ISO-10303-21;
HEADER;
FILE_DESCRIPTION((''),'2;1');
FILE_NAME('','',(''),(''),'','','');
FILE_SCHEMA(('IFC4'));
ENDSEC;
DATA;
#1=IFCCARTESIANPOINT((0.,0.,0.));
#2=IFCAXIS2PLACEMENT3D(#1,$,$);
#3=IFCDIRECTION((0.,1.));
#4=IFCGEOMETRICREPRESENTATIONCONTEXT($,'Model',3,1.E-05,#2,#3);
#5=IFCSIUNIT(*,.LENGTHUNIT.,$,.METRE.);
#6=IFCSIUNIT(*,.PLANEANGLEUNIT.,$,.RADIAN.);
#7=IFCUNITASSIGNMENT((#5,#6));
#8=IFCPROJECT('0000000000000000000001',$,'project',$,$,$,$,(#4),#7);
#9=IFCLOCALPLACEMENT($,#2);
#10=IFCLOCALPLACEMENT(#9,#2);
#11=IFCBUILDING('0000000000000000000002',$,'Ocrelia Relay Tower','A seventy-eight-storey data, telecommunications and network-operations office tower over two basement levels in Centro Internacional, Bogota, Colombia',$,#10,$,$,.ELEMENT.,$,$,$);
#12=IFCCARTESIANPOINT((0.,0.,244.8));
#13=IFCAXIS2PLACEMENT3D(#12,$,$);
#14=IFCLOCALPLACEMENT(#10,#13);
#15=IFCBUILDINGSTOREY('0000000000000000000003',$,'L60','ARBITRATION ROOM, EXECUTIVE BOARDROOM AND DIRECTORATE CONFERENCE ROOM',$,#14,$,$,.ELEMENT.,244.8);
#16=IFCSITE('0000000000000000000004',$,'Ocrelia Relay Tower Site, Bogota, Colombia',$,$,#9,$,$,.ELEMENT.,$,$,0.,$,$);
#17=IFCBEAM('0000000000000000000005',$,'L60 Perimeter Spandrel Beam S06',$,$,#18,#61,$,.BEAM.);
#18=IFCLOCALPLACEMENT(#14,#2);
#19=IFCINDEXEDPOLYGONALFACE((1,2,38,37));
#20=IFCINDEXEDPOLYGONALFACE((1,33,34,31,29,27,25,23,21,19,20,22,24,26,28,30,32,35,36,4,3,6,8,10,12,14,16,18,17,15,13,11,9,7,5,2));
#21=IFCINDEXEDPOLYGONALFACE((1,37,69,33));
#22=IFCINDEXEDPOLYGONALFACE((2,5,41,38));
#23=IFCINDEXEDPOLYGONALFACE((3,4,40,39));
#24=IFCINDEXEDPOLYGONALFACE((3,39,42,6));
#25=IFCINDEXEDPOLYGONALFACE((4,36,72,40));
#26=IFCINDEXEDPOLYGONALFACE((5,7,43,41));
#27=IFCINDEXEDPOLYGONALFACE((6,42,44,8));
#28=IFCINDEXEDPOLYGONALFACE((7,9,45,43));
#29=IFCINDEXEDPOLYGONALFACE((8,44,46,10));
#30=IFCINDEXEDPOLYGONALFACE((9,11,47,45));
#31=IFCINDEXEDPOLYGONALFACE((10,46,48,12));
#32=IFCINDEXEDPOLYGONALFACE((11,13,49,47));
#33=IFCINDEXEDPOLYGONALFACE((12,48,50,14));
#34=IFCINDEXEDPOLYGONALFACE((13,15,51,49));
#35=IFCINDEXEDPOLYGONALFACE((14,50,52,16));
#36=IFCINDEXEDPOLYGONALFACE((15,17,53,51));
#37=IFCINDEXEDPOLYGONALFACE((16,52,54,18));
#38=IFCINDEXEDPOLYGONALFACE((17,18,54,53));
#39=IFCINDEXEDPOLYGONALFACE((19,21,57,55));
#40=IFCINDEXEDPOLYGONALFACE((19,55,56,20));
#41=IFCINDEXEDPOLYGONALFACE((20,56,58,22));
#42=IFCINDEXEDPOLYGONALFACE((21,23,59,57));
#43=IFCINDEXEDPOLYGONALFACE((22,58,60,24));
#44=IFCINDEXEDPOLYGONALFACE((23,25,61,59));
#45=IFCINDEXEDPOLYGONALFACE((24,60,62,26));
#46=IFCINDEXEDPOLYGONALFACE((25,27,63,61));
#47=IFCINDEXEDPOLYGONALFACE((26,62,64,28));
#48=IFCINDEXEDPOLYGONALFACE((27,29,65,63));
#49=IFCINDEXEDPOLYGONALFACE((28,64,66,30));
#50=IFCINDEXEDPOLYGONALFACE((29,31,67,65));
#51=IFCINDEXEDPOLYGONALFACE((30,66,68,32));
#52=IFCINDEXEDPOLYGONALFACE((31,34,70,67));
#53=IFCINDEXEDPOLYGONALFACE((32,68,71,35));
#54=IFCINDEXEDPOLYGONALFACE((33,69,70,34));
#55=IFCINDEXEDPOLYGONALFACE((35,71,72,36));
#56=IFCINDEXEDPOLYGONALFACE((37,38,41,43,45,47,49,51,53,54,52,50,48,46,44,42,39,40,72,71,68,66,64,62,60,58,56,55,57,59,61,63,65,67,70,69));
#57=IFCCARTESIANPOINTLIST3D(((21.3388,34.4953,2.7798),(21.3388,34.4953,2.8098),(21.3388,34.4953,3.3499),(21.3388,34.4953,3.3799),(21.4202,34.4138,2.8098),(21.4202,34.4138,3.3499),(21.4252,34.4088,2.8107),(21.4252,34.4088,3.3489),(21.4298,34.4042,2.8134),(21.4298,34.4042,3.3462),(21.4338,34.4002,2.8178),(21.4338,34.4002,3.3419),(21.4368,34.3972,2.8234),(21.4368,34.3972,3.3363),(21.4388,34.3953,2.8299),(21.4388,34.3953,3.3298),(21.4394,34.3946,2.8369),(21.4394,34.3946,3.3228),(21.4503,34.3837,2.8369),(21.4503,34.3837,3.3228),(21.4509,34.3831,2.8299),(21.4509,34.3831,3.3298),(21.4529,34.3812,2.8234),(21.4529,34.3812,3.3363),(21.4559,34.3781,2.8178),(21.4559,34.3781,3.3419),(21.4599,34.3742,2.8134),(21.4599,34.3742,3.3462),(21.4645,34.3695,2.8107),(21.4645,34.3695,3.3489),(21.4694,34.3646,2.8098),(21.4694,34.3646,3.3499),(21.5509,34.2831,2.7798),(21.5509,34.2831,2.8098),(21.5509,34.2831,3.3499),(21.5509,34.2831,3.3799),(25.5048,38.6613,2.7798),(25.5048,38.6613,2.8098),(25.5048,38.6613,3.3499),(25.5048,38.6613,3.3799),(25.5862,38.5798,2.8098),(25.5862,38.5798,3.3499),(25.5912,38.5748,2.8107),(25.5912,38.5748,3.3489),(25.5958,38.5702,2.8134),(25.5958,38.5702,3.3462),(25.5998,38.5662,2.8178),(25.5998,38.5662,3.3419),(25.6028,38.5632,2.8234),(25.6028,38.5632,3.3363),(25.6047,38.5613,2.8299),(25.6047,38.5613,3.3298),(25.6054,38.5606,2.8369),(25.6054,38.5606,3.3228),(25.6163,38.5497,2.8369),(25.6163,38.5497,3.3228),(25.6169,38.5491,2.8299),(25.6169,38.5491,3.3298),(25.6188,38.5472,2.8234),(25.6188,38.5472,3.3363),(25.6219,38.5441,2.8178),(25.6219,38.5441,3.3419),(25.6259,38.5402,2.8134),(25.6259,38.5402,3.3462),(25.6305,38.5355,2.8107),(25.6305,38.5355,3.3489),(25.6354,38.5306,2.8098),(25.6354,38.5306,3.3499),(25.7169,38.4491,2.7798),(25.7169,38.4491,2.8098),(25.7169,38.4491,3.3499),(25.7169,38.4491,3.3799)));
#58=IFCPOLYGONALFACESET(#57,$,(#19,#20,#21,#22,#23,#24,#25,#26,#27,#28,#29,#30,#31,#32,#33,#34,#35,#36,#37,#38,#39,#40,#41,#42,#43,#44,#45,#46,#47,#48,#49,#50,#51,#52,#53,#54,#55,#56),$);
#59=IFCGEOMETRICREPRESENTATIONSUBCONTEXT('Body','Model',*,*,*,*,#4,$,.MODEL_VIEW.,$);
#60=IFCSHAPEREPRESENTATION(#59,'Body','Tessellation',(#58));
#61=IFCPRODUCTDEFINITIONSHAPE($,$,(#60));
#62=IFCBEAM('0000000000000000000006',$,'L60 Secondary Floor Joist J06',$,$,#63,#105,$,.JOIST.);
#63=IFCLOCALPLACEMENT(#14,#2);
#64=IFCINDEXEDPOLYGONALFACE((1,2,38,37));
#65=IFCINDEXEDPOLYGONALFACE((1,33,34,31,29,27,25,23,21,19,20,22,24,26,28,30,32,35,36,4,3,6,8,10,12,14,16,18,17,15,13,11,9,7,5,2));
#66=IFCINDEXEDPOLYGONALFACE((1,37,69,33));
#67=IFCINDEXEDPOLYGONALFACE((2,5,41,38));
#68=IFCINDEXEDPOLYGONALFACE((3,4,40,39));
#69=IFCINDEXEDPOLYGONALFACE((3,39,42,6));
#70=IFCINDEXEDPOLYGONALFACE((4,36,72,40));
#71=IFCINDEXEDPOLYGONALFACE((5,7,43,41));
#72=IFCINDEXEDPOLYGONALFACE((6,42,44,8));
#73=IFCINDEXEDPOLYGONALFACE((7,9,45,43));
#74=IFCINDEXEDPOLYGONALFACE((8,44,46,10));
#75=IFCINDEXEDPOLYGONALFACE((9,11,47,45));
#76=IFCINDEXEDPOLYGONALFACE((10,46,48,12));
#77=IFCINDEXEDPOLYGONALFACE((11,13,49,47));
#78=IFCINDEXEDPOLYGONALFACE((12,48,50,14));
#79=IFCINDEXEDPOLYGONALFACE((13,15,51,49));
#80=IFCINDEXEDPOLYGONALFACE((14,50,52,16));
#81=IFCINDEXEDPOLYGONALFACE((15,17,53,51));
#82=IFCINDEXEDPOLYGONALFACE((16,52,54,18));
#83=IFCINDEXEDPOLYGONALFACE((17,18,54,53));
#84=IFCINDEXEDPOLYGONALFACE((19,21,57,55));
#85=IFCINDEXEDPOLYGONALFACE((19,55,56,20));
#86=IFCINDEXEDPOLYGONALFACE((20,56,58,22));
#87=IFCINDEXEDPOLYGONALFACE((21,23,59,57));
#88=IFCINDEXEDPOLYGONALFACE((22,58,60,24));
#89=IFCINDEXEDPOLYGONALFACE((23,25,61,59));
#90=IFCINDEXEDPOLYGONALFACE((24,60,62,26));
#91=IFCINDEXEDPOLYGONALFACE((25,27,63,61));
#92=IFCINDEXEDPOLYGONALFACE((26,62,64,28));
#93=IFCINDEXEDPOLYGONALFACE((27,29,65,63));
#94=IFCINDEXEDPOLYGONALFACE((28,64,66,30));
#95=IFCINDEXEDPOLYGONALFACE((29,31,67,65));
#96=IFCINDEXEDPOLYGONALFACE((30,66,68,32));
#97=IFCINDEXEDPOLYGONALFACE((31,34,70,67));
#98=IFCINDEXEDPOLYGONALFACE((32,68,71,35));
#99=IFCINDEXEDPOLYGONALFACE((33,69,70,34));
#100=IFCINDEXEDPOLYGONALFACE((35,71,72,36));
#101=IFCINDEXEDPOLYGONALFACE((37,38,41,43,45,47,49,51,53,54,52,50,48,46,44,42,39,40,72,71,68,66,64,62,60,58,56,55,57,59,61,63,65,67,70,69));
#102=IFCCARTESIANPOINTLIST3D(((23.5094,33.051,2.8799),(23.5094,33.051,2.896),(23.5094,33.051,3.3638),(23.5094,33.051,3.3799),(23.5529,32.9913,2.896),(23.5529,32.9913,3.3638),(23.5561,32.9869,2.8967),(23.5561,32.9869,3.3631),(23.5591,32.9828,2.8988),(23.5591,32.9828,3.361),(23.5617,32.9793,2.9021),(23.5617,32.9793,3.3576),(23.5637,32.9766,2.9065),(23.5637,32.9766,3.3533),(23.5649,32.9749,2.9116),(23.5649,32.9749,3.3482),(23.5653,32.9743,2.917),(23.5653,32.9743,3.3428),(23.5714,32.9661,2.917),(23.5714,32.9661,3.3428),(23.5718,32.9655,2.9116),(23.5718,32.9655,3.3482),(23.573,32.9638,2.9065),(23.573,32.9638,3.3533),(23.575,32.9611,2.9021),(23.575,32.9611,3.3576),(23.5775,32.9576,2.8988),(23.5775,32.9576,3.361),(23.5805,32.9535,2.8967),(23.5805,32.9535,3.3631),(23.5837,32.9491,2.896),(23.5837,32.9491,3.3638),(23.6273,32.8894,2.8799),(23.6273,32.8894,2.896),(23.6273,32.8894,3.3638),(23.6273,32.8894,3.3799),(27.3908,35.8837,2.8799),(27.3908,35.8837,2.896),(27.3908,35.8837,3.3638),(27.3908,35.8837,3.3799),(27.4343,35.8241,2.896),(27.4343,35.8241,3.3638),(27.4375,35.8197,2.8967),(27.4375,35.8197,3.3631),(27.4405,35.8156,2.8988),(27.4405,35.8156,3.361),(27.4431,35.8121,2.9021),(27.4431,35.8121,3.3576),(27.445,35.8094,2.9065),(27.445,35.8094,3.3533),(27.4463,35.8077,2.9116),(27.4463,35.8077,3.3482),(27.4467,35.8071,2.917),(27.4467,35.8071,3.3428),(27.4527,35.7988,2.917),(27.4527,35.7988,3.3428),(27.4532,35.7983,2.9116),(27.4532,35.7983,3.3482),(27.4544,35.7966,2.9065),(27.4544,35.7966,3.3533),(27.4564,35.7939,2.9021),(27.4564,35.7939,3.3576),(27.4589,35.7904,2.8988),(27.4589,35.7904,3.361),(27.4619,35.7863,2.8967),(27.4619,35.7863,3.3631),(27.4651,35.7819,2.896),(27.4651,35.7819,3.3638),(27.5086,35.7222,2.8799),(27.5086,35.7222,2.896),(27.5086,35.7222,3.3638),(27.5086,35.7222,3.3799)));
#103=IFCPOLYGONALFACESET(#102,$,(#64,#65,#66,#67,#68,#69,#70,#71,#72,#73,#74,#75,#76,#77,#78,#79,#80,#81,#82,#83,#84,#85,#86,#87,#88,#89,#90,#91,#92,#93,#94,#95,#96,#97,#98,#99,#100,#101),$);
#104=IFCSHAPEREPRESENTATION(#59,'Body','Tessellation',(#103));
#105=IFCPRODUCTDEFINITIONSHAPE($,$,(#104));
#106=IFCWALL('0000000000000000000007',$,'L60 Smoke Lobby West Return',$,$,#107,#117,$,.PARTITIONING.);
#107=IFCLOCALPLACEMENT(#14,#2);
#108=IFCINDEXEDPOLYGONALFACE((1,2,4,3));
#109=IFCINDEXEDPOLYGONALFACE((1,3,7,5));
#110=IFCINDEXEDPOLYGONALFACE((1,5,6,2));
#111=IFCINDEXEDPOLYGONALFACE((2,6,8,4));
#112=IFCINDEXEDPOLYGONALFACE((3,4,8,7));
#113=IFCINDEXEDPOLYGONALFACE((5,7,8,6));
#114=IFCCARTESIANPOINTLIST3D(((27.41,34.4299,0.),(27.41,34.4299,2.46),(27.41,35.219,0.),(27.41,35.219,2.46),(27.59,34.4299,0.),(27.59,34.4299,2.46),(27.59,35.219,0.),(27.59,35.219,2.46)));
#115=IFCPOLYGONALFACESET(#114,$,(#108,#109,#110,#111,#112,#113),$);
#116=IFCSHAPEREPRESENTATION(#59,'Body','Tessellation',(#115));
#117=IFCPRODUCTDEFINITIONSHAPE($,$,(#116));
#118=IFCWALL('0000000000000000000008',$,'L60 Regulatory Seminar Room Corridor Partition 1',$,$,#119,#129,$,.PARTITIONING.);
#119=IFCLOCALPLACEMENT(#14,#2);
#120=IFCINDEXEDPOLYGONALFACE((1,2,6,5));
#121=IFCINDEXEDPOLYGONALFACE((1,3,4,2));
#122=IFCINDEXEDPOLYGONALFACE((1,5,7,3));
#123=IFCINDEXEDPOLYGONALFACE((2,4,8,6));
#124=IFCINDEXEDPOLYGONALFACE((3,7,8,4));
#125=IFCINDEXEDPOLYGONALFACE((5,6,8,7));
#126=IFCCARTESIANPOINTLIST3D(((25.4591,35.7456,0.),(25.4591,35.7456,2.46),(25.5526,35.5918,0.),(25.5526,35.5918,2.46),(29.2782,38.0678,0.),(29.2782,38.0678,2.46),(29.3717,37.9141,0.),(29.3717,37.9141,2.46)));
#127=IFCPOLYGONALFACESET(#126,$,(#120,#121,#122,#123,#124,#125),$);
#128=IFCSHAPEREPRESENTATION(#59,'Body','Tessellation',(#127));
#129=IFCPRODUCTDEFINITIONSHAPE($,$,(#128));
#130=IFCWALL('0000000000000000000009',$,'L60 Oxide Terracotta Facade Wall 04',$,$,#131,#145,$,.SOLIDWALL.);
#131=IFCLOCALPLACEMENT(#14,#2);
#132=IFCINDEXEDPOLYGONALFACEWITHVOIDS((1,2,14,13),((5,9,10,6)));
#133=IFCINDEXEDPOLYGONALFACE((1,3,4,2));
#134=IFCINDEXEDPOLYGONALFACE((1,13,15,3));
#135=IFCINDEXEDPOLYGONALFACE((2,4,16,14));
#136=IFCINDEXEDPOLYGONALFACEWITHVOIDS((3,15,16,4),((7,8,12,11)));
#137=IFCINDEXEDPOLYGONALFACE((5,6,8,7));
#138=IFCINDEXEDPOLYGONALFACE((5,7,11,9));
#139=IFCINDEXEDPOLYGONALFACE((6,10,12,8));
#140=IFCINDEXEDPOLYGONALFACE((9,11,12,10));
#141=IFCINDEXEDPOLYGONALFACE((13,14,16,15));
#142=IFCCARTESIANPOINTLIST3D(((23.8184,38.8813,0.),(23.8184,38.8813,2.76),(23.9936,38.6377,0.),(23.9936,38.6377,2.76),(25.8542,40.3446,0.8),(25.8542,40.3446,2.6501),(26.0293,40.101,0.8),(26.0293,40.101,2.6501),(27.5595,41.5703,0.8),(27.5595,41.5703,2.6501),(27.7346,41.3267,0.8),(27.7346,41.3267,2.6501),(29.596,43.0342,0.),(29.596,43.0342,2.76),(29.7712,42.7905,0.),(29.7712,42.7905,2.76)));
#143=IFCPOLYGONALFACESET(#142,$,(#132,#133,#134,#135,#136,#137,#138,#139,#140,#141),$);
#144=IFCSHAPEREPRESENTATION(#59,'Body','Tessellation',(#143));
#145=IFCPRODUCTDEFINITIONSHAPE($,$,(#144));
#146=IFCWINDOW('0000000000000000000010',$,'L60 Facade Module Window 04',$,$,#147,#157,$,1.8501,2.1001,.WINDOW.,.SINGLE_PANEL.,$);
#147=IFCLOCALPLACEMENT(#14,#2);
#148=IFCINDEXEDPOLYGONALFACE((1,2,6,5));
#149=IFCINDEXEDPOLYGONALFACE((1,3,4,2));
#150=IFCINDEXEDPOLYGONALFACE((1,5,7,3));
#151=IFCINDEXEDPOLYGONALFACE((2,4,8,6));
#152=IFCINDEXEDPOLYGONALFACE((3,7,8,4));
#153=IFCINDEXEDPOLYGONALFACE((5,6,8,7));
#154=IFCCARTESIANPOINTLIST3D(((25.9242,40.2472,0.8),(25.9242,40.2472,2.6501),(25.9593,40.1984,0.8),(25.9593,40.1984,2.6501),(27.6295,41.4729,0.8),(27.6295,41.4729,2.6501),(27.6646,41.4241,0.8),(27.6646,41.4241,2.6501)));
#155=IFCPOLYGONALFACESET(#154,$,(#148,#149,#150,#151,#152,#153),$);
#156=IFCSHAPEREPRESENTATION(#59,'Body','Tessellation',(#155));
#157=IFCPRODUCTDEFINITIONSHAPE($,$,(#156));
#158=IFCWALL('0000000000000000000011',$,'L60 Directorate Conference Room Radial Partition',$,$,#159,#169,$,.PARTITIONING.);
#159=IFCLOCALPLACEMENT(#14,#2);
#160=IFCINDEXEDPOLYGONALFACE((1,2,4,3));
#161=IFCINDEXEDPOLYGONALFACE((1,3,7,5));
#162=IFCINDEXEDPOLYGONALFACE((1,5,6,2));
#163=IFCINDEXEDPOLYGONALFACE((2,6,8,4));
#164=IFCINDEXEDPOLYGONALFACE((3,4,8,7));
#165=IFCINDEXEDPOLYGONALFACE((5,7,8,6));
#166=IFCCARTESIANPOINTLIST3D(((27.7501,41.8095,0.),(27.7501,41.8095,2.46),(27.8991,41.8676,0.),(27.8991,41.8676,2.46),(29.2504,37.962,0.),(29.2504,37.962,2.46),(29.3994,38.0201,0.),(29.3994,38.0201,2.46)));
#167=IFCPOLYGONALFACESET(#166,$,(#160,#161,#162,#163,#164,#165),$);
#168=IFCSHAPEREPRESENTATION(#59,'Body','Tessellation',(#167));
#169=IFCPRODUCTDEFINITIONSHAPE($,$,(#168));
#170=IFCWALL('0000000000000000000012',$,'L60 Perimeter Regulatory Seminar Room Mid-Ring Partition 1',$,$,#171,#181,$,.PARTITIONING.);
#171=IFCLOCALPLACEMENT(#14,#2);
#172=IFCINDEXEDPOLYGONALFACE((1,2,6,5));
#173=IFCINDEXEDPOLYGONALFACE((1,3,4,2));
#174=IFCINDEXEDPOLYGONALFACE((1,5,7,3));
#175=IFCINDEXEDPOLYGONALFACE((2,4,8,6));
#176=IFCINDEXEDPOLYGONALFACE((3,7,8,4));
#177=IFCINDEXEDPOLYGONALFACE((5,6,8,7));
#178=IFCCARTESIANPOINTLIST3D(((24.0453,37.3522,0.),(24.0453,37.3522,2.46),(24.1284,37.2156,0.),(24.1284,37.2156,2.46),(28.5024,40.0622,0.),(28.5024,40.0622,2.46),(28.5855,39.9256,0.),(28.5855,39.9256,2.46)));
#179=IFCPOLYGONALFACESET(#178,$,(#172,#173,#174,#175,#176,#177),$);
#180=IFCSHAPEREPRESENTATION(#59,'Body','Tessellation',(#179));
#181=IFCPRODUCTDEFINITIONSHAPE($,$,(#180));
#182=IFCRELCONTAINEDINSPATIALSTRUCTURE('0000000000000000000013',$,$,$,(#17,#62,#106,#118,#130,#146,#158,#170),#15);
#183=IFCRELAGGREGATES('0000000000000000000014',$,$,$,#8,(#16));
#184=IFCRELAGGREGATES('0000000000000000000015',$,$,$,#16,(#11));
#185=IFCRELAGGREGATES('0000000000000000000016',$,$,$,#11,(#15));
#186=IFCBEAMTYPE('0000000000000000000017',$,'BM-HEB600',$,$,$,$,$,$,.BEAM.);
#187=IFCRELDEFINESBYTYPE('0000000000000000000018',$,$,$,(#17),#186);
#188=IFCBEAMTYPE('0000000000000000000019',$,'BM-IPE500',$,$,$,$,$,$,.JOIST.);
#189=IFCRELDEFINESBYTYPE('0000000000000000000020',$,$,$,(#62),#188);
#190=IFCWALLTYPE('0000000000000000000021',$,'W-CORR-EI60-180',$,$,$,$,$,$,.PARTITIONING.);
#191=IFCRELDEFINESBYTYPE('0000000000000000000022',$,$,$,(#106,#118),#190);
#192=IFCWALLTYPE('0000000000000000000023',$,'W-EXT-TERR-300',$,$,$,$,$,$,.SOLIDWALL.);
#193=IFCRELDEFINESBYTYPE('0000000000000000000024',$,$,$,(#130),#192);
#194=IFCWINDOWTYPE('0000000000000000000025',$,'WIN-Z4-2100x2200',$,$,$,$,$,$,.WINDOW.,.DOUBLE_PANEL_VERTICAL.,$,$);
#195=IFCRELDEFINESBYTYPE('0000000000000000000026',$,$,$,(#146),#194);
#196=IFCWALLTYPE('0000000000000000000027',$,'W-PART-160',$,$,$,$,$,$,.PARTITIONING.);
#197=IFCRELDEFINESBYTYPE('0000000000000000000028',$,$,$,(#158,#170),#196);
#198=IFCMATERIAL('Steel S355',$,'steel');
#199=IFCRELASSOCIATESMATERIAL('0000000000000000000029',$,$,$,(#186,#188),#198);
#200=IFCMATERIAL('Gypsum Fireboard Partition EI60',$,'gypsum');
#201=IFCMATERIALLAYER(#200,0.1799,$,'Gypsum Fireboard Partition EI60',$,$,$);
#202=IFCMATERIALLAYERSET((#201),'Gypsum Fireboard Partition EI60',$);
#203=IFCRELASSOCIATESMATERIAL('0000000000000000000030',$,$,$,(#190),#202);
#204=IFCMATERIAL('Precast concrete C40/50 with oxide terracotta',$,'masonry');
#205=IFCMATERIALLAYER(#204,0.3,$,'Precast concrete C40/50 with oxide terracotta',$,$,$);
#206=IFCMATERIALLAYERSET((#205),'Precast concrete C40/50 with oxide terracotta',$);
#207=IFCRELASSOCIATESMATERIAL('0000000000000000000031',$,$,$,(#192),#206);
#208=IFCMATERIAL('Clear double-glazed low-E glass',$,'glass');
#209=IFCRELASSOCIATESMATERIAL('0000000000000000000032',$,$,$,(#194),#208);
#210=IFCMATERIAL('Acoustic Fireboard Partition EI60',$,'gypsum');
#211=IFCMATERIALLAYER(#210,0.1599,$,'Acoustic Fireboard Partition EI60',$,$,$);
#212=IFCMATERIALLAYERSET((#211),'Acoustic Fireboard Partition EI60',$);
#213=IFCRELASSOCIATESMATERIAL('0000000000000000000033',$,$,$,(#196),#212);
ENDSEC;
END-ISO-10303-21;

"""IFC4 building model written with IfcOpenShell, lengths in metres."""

from ifc_helpers import new_model, si_unit, direction, frame, frame_2d, origin, origin_2d, place, context, subcontext, project, spatial, rectangle, i_section, extrude, material, layer, layer_set, material_profile, profile_set, type_object, element, fill, save


model = new_model("IFC4")

# Units and contexts
model_context = context("Model", 3, precision=1e-05, world=origin(), true_north=direction((0.0, 1.0)))
body_context = subcontext(model_context, "Body", "Model", "MODEL_VIEW")
ifc_project = project(units=[si_unit("LENGTHUNIT", "METRE"), si_unit("PLANEANGLEUNIT", "RADIAN")], contexts=[model_context])

# Site, building, storey
site_placement = place(None, origin())
site = spatial("IfcSite", under=ifc_project, at=site_placement, Name="Ocrelia Relay Tower Site, Bogota, Colombia", CompositionType="ELEMENT", RefElevation=0.0)
building_placement = place(site_placement, origin())
building = spatial("IfcBuilding", under=site, at=building_placement, Name="Ocrelia Relay Tower", Description="A seventy-eight-storey data, telecommunications and network-operations office tower over two basement levels in Centro Internacional, Bogota, Colombia", CompositionType="ELEMENT")
storey_placement = place(building_placement, frame((0.0, 0.0, 244.8)))
storey = spatial("IfcBuildingStorey", under=building, at=storey_placement, Name="L60", Description="ARBITRATION ROOM, EXECUTIVE BOARDROOM AND DIRECTORATE CONFERENCE ROOM", CompositionType="ELEMENT", Elevation=244.8)

# Beams
ifc_material_1 = material(Name="Steel S355", Category="steel")
ifc_material_profile_1 = material_profile(ifc_material_1, i_section(OverallWidth=0.3, OverallDepth=0.6001, WebThickness=0.0154, FlangeThickness=0.03, FilletRadius=0.0271, at=origin_2d()), Name="HEB 600")
ifc_profile_set_1 = profile_set([ifc_material_profile_1], Name="Steel S355")
beam_type_1 = type_object("IfcBeamType", Name="BM-HEB600", PredefinedType="BEAM", material=ifc_profile_set_1)
beam_1_placement = place(storey_placement, frame((25.6108, 38.5552, 3.0798), z_axis=(-0.707107, -0.707107, 0.0), x_axis=(0.707107, -0.707107, 0.0)))
element("IfcBeam", 1, at=beam_1_placement, inside=storey, type_object=beam_type_1, Name="L60 Perimeter Spandrel Beam S06", PredefinedType="BEAM", context=body_context, shape_type="SweptSolid", body=[
    extrude(i_section(OverallWidth=0.3, OverallDepth=0.6001, WebThickness=0.0154, FlangeThickness=0.03, FilletRadius=0.0271, at=origin_2d()), origin(), (0.0, 0.0, 1.0), 5.8916),
])
ifc_material_profile_2 = material_profile(ifc_material_1, i_section(OverallWidth=0.2, OverallDepth=0.5, WebThickness=0.0103, FlangeThickness=0.0161, FilletRadius=0.021, at=origin_2d()), Name="IPE 500")
ifc_profile_set_2 = profile_set([ifc_material_profile_2], Name="Steel S355")
beam_type_2 = type_object("IfcBeamType", Name="BM-IPE500", PredefinedType="JOIST", material=ifc_profile_set_2)
beam_2_placement = place(storey_placement, frame((27.4497, 35.803, 3.1299), z_axis=(-0.807748, -0.589527, 0.0), x_axis=(0.589527, -0.807748, 0.0)))
element("IfcBeam", 2, at=beam_2_placement, inside=storey, type_object=beam_type_2, Name="L60 Secondary Floor Joist J06", PredefinedType="JOIST", context=body_context, shape_type="SweptSolid", body=[
    extrude(i_section(OverallWidth=0.2, OverallDepth=0.5, WebThickness=0.0103, FlangeThickness=0.0161, FilletRadius=0.021, at=origin_2d()), origin(), (0.0, 0.0, 1.0), 4.8052),
])

# Wall
ifc_material_2 = material(Name="Gypsum Fireboard Partition EI60", Category="gypsum")
ifc_layer_1 = layer(ifc_material_2, 0.1799, Name="Gypsum Fireboard Partition EI60")
ifc_layer_set_1 = layer_set([ifc_layer_1], Name="Gypsum Fireboard Partition EI60")
wall_type_1 = type_object("IfcWallType", Name="W-CORR-EI60-180", PredefinedType="PARTITIONING", material=ifc_layer_set_1)
wall_1_placement = place(storey_placement, frame((27.5, 34.4299, 0.0), z_axis=(0.0, 0.0, 1.0), x_axis=(0.0, 1.0, 0.0)))
element("IfcWall", 3, at=wall_1_placement, inside=storey, type_object=wall_type_1, Name="L60 Smoke Lobby West Return", PredefinedType="PARTITIONING", context=body_context, shape_type="SweptSolid", body=[
    extrude(rectangle(XDim=0.7891, YDim=0.1799, at=frame_2d((0.3945, 0.0))), origin(), (0.0, 0.0, 1.0), 2.46),
])

# Wall
wall_2_placement = place(storey_placement, frame((29.325, 37.991, 0.0), z_axis=(0.0, 0.0, 1.0), x_axis=(-0.854437, -0.519555, 0.0)))
element("IfcWall", 4, at=wall_2_placement, inside=storey, type_object=wall_type_1, Name="L60 Regulatory Seminar Room Corridor Partition 1", PredefinedType="PARTITIONING", context=body_context, shape_type="SweptSolid", body=[
    extrude(rectangle(XDim=4.4697, YDim=0.1799, at=frame_2d((2.2349, 0.0))), origin(), (0.0, 0.0, 1.0), 2.46),
])

# Wall, opening, window
ifc_material_3 = material(Name="Precast concrete C40/50 with oxide terracotta", Category="masonry")
ifc_layer_2 = layer(ifc_material_3, 0.3, Name="Precast concrete C40/50 with oxide terracotta")
ifc_layer_set_2 = layer_set([ifc_layer_2], Name="Precast concrete C40/50 with oxide terracotta")
wall_type_2 = type_object("IfcWallType", Name="W-EXT-TERR-300", PredefinedType="SOLIDWALL", material=ifc_layer_set_2)
wall_3_placement = place(storey_placement, frame((29.6836, 42.9124, 0.0), z_axis=(0.0, 0.0, 1.0), x_axis=(-0.812003, -0.583654, 0.0)))
wall_3 = element("IfcWall", 5, at=wall_3_placement, inside=storey, type_object=wall_type_2, Name="L60 Oxide Terracotta Facade Wall 04", PredefinedType="SOLIDWALL", context=body_context, shape_type="SweptSolid", body=[
    extrude(rectangle(XDim=7.1152, YDim=0.3, at=frame_2d((3.5576, 0.0))), origin(), (0.0, 0.0, 1.0), 2.76),
])
opening_1_placement = place(wall_3_placement, frame((2.5081, 0.0, 0.8)))
opening_1 = element("IfcOpeningElement", 6, at=opening_1_placement, cuts=wall_3, PredefinedType="OPENING", context=body_context, shape_type="SweptSolid", body=[
    extrude(rectangle(XDim=2.1001, YDim=1.8501, at=frame_2d((1.05, 0.925))), frame((0.0, 0.1602, 0.0), z_axis=(0.0, -1.0, 0.0), x_axis=(1.0, 0.0, 0.0)), (0.0, 0.0, 1.0), 0.3201),
])
ifc_material_4 = material(Name="Clear double-glazed low-E glass", Category="glass")
window_type = type_object("IfcWindowType", Name="WIN-Z4-2100x2200", PartitioningType="DOUBLE_PANEL_VERTICAL", PredefinedType="WINDOW", material=ifc_material_4)
window_placement = place(opening_1_placement, origin())
window = element("IfcWindow", 7, at=window_placement, inside=storey, type_object=window_type, Name="L60 Facade Module Window 04", OverallHeight=1.8501, OverallWidth=2.1001, PartitioningType="SINGLE_PANEL", PredefinedType="WINDOW", context=body_context, shape_type="SweptSolid", body=[
    extrude(rectangle(XDim=2.1001, YDim=1.8501, at=frame_2d((1.05, 0.925))), frame((0.0, 0.03, 0.0), z_axis=(0.0, -1.0, 0.0), x_axis=(1.0, 0.0, 0.0)), (0.0, 0.0, 1.0), 0.0601),
])
fill(opening_1, window)

# Walls
ifc_material_5 = material(Name="Acoustic Fireboard Partition EI60", Category="gypsum")
ifc_layer_3 = layer(ifc_material_5, 0.1599, Name="Acoustic Fireboard Partition EI60")
ifc_layer_set_3 = layer_set([ifc_layer_3], Name="Acoustic Fireboard Partition EI60")
wall_type_3 = type_object("IfcWallType", Name="W-PART-160", PredefinedType="PARTITIONING", material=ifc_layer_set_3)
wall_4_placement = place(storey_placement, frame((29.325, 37.991, 0.0), z_axis=(0.0, 0.0, 1.0), x_axis=(-0.363293, 0.931675, 0.0)))
element("IfcWall", 8, at=wall_4_placement, inside=storey, type_object=wall_type_3, Name="L60 Directorate Conference Room Radial Partition", PredefinedType="PARTITIONING", context=body_context, shape_type="SweptSolid", body=[
    extrude(rectangle(XDim=4.1296, YDim=0.1599, at=frame_2d((2.0649, 0.0))), origin(), (0.0, 0.0, 1.0), 2.46),
])
wall_5_placement = place(storey_placement, frame((28.5439, 39.9939, 0.0), z_axis=(0.0, 0.0, 1.0), x_axis=(-0.854455, -0.519525, 0.0)))
element("IfcWall", 9, at=wall_5_placement, inside=storey, type_object=wall_type_3, Name="L60 Perimeter Regulatory Seminar Room Mid-Ring Partition 1", PredefinedType="PARTITIONING", context=body_context, shape_type="SweptSolid", body=[
    extrude(rectangle(XDim=5.2163, YDim=0.1599, at=frame_2d((2.6082, 0.0))), origin(), (0.0, 0.0, 1.0), 2.46),
])

save(model, "model.ifc")
